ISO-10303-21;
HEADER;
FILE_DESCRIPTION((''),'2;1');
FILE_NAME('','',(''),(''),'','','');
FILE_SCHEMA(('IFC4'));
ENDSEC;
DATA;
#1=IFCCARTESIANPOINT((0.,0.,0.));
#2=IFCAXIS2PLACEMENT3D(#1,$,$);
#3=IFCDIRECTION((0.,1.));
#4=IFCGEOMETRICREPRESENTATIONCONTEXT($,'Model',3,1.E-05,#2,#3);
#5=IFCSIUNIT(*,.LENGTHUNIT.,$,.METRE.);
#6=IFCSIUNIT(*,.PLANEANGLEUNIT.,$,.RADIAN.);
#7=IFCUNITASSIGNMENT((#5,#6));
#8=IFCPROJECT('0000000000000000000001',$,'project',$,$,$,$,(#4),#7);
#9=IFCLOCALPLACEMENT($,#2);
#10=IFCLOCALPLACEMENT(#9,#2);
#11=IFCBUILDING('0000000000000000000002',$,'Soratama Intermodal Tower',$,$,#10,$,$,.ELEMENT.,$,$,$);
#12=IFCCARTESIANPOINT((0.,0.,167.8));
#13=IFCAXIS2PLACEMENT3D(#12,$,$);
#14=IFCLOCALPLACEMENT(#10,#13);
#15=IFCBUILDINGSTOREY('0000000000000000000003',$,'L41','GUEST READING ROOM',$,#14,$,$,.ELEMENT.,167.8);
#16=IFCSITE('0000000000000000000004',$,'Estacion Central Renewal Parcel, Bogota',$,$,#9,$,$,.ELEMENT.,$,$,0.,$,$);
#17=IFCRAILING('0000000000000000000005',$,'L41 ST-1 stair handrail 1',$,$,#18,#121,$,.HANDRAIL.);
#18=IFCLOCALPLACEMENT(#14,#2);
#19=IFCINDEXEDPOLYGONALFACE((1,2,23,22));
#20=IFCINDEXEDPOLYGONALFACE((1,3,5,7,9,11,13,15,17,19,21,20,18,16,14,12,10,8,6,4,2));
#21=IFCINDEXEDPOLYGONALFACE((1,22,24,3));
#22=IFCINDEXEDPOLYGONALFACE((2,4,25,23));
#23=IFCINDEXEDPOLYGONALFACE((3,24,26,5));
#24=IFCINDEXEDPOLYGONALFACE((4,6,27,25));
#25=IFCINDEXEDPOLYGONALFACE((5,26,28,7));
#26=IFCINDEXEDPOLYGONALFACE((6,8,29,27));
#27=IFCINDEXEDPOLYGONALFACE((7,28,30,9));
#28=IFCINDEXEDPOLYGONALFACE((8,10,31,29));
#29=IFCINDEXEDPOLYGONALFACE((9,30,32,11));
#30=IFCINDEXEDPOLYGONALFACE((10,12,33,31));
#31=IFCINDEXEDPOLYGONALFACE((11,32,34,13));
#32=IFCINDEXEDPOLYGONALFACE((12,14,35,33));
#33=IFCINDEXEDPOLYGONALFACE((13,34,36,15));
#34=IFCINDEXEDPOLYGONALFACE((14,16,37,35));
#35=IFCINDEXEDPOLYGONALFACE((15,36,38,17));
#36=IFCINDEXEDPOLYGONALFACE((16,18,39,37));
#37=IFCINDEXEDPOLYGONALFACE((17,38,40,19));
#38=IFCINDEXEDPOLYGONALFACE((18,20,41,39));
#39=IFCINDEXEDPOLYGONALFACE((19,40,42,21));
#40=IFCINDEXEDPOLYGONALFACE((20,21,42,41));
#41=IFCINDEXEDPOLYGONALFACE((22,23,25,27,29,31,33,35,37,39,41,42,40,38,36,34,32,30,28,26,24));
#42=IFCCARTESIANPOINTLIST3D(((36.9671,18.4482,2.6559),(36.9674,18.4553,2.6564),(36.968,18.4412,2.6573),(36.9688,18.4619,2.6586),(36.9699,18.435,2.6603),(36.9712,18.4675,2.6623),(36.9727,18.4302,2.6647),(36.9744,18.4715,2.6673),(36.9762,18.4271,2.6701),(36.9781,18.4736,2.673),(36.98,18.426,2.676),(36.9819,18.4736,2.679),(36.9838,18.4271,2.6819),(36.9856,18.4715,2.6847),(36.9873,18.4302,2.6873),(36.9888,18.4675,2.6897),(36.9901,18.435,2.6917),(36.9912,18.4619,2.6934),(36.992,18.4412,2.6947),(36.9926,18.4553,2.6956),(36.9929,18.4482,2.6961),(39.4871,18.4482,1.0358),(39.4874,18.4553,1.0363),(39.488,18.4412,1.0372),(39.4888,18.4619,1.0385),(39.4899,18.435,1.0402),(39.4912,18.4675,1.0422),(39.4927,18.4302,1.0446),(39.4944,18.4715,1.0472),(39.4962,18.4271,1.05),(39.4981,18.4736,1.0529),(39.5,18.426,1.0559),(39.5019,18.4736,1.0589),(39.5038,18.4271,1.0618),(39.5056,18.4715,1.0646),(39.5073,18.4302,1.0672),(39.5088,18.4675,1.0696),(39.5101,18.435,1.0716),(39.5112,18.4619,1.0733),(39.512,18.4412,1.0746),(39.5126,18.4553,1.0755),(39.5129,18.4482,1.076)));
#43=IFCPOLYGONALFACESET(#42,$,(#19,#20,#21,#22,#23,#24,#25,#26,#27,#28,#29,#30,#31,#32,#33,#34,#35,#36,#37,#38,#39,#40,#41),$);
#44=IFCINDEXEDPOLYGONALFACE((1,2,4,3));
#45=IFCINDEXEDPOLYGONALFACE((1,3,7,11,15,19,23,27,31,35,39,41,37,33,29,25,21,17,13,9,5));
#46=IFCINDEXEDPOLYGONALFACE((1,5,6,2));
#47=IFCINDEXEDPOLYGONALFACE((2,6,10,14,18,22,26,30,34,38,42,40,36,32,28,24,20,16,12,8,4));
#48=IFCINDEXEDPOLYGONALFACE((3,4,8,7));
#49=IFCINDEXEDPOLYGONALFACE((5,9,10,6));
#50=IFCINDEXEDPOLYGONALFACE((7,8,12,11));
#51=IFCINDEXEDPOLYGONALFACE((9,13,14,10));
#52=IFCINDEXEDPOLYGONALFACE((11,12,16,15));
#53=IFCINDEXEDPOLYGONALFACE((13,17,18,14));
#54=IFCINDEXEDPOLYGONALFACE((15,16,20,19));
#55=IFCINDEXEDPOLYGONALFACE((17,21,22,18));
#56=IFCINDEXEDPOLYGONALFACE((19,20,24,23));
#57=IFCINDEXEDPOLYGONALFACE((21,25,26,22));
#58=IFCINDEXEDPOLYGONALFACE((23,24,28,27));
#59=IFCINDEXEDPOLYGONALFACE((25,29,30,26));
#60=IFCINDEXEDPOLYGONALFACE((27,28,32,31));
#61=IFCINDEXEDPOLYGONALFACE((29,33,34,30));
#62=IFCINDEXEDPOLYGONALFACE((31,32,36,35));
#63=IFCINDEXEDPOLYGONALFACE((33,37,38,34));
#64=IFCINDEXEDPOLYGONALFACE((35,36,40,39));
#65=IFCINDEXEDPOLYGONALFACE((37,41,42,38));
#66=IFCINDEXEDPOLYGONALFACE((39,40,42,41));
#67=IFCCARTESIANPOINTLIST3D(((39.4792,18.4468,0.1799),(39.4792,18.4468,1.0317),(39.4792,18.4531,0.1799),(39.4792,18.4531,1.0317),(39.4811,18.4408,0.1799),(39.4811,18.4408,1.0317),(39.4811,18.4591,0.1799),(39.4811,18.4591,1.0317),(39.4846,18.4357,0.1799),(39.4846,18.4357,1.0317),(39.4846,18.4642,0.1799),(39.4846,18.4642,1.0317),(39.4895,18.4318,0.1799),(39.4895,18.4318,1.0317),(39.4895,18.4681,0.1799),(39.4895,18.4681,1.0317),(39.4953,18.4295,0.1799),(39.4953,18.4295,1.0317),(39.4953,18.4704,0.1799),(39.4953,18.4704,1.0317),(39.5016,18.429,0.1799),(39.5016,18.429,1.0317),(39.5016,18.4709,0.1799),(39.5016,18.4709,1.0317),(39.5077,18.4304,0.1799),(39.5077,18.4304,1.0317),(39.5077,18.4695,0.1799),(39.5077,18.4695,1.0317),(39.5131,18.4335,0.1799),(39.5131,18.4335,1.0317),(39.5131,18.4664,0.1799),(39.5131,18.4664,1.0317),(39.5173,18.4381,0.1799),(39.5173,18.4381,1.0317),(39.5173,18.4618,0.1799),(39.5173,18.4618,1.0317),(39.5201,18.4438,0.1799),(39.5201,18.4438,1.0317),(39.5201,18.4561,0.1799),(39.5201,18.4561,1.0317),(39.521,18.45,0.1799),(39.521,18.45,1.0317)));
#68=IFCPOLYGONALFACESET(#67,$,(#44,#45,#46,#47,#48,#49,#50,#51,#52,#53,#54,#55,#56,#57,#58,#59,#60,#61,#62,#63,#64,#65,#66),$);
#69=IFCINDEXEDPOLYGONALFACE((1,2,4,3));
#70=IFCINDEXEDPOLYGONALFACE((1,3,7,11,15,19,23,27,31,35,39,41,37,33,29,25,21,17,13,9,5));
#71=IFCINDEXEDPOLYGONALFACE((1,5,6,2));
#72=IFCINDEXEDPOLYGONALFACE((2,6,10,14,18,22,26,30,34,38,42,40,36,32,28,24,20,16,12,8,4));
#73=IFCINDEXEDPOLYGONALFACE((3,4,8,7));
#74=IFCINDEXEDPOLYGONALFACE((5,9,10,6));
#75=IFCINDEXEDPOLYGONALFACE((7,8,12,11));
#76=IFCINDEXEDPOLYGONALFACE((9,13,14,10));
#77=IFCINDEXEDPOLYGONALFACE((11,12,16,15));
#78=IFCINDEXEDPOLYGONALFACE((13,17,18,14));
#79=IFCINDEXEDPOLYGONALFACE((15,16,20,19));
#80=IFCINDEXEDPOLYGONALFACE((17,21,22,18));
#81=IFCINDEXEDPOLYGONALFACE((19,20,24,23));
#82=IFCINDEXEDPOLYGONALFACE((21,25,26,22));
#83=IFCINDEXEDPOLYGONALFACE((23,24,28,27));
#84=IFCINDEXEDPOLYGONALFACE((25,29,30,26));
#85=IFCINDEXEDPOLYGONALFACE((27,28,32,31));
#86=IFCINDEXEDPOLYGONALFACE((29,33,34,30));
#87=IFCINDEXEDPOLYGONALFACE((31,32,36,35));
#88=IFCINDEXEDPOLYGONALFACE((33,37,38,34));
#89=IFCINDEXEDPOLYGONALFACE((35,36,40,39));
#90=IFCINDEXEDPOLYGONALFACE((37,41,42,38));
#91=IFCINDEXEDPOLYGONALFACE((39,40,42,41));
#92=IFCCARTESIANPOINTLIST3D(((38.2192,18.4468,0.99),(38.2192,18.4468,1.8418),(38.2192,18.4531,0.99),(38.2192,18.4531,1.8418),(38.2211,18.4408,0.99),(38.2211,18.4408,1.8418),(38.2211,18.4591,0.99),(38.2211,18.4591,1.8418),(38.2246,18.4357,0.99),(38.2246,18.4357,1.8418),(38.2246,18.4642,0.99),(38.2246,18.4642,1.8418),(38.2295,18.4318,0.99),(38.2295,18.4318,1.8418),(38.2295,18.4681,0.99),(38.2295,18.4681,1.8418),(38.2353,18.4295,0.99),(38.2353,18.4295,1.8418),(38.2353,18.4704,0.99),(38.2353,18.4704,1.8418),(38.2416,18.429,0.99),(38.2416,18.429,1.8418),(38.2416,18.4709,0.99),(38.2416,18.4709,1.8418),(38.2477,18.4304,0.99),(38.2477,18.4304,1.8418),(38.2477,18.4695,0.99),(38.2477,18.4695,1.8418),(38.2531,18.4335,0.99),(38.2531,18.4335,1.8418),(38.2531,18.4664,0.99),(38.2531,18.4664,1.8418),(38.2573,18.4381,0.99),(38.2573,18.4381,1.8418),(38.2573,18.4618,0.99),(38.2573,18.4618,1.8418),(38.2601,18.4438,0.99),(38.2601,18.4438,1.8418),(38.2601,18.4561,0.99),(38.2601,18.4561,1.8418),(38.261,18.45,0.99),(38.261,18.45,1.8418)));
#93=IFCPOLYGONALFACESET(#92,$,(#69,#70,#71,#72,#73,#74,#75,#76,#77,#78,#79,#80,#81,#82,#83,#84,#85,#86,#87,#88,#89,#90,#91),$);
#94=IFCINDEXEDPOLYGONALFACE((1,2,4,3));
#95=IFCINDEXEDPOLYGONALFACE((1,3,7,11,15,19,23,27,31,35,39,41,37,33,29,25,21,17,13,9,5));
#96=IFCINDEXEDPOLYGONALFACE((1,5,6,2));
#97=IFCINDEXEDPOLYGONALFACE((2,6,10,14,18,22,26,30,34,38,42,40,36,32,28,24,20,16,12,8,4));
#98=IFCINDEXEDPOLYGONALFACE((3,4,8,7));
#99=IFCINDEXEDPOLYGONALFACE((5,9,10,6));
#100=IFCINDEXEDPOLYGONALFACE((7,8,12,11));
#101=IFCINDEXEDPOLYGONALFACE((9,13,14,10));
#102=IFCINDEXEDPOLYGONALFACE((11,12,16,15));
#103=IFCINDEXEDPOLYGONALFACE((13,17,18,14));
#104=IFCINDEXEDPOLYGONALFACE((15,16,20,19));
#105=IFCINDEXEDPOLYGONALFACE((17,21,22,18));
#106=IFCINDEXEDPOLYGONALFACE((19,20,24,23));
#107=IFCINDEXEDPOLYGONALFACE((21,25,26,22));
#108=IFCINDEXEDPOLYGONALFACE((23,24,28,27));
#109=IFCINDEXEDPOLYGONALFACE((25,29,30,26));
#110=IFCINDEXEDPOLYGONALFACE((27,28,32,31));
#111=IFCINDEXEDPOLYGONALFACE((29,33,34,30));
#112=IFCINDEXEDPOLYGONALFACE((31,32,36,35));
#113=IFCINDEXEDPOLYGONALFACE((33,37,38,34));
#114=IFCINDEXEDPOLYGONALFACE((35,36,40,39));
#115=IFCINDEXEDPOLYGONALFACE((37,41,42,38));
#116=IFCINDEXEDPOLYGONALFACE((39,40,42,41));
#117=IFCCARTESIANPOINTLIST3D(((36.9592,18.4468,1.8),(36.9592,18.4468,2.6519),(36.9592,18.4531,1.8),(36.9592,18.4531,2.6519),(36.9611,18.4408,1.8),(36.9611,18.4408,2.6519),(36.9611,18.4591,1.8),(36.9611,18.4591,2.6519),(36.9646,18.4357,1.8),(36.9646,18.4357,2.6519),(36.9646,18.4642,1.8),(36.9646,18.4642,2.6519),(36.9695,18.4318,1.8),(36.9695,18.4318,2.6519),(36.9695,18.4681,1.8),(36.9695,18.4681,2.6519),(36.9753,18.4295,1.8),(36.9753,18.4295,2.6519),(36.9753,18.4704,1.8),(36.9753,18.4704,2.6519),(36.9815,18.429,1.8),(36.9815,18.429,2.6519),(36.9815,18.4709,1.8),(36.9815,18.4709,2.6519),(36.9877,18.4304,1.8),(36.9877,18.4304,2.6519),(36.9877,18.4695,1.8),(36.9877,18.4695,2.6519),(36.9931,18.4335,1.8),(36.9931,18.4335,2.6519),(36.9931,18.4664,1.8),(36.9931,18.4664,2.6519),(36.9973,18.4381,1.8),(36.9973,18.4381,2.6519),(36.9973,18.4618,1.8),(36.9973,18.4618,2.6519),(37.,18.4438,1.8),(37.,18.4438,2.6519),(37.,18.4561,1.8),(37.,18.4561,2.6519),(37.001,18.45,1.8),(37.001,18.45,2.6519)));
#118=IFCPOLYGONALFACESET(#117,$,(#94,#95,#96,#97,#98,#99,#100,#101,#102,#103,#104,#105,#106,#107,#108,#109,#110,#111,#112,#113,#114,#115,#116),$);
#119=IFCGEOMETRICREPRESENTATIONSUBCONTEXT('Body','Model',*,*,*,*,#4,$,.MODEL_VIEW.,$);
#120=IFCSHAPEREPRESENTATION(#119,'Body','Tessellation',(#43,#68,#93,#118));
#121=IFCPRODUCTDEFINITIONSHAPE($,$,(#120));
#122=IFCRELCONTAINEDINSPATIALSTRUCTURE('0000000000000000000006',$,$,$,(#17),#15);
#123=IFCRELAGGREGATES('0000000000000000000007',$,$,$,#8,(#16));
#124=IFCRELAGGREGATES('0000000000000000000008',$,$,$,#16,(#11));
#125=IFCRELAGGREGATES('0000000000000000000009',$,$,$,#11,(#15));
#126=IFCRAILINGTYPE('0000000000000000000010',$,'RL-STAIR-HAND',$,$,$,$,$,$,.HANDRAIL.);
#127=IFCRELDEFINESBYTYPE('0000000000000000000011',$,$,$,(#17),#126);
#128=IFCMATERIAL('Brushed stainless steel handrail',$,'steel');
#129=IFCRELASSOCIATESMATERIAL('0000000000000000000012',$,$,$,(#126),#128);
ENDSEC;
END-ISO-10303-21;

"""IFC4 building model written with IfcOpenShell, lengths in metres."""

from ifc_helpers import new_model, si_unit, direction, frame, origin, origin_2d, place, context, subcontext, project, spatial, circle, extrude, material, type_object, element, save


model = new_model("IFC4")

# Units and contexts
model_context = context("Model", 3, precision=1e-05, world=origin(), true_north=direction((0.0, 1.0)))
body_context = subcontext(model_context, "Body", "Model", "MODEL_VIEW")
ifc_project = project(units=[si_unit("LENGTHUNIT", "METRE"), si_unit("PLANEANGLEUNIT", "RADIAN")], contexts=[model_context])

# Site, building, storey
site_placement = place(None, origin())
site = spatial("IfcSite", under=ifc_project, at=site_placement, Name="Estacion Central Renewal Parcel, Bogota", CompositionType="ELEMENT", RefElevation=0.0)
building_placement = place(site_placement, origin())
building = spatial("IfcBuilding", under=site, at=building_placement, Name="Soratama Intermodal Tower", CompositionType="ELEMENT")
storey_placement = place(building_placement, frame((0.0, 0.0, 167.8)))
storey = spatial("IfcBuildingStorey", under=building, at=storey_placement, Name="L41", Description="GUEST READING ROOM", CompositionType="ELEMENT", Elevation=167.8)

# Railing
ifc_material_1 = material(Name="Brushed stainless steel handrail", Category="steel")
railing_type_1 = type_object("IfcRailingType", Name="RL-STAIR-HAND", PredefinedType="HANDRAIL", material=ifc_material_1)
railing_1_placement = place(storey_placement, frame((39.5, 18.45, 0.1799)))
element("IfcRailing", 1, at=railing_1_placement, inside=storey, type_object=railing_type_1, Name="L41 ST-1 stair handrail 1", PredefinedType="HANDRAIL", context=body_context, shape_type="SweptSolid", body=[
    extrude(circle(Radius=0.0239, at=origin_2d()), frame((0.0, 0.0, 0.876), z_axis=(-0.841163, 0.0, 0.540782), x_axis=(0.0, -1.0, 0.0)), (0.0, 0.0, 1.0), 2.9958),
    extrude(circle(Radius=0.021, at=origin_2d()), origin(), (0.0, 0.0, 1.0), 0.8518),
    extrude(circle(Radius=0.021, at=origin_2d()), frame((-1.26, 0.0, 0.8101)), (0.0, 0.0, 1.0), 0.8518),
    extrude(circle(Radius=0.021, at=origin_2d()), frame((-2.52, 0.0, 1.6201)), (0.0, 0.0, 1.0), 0.8518),
])

save(model, "model.ifc")
